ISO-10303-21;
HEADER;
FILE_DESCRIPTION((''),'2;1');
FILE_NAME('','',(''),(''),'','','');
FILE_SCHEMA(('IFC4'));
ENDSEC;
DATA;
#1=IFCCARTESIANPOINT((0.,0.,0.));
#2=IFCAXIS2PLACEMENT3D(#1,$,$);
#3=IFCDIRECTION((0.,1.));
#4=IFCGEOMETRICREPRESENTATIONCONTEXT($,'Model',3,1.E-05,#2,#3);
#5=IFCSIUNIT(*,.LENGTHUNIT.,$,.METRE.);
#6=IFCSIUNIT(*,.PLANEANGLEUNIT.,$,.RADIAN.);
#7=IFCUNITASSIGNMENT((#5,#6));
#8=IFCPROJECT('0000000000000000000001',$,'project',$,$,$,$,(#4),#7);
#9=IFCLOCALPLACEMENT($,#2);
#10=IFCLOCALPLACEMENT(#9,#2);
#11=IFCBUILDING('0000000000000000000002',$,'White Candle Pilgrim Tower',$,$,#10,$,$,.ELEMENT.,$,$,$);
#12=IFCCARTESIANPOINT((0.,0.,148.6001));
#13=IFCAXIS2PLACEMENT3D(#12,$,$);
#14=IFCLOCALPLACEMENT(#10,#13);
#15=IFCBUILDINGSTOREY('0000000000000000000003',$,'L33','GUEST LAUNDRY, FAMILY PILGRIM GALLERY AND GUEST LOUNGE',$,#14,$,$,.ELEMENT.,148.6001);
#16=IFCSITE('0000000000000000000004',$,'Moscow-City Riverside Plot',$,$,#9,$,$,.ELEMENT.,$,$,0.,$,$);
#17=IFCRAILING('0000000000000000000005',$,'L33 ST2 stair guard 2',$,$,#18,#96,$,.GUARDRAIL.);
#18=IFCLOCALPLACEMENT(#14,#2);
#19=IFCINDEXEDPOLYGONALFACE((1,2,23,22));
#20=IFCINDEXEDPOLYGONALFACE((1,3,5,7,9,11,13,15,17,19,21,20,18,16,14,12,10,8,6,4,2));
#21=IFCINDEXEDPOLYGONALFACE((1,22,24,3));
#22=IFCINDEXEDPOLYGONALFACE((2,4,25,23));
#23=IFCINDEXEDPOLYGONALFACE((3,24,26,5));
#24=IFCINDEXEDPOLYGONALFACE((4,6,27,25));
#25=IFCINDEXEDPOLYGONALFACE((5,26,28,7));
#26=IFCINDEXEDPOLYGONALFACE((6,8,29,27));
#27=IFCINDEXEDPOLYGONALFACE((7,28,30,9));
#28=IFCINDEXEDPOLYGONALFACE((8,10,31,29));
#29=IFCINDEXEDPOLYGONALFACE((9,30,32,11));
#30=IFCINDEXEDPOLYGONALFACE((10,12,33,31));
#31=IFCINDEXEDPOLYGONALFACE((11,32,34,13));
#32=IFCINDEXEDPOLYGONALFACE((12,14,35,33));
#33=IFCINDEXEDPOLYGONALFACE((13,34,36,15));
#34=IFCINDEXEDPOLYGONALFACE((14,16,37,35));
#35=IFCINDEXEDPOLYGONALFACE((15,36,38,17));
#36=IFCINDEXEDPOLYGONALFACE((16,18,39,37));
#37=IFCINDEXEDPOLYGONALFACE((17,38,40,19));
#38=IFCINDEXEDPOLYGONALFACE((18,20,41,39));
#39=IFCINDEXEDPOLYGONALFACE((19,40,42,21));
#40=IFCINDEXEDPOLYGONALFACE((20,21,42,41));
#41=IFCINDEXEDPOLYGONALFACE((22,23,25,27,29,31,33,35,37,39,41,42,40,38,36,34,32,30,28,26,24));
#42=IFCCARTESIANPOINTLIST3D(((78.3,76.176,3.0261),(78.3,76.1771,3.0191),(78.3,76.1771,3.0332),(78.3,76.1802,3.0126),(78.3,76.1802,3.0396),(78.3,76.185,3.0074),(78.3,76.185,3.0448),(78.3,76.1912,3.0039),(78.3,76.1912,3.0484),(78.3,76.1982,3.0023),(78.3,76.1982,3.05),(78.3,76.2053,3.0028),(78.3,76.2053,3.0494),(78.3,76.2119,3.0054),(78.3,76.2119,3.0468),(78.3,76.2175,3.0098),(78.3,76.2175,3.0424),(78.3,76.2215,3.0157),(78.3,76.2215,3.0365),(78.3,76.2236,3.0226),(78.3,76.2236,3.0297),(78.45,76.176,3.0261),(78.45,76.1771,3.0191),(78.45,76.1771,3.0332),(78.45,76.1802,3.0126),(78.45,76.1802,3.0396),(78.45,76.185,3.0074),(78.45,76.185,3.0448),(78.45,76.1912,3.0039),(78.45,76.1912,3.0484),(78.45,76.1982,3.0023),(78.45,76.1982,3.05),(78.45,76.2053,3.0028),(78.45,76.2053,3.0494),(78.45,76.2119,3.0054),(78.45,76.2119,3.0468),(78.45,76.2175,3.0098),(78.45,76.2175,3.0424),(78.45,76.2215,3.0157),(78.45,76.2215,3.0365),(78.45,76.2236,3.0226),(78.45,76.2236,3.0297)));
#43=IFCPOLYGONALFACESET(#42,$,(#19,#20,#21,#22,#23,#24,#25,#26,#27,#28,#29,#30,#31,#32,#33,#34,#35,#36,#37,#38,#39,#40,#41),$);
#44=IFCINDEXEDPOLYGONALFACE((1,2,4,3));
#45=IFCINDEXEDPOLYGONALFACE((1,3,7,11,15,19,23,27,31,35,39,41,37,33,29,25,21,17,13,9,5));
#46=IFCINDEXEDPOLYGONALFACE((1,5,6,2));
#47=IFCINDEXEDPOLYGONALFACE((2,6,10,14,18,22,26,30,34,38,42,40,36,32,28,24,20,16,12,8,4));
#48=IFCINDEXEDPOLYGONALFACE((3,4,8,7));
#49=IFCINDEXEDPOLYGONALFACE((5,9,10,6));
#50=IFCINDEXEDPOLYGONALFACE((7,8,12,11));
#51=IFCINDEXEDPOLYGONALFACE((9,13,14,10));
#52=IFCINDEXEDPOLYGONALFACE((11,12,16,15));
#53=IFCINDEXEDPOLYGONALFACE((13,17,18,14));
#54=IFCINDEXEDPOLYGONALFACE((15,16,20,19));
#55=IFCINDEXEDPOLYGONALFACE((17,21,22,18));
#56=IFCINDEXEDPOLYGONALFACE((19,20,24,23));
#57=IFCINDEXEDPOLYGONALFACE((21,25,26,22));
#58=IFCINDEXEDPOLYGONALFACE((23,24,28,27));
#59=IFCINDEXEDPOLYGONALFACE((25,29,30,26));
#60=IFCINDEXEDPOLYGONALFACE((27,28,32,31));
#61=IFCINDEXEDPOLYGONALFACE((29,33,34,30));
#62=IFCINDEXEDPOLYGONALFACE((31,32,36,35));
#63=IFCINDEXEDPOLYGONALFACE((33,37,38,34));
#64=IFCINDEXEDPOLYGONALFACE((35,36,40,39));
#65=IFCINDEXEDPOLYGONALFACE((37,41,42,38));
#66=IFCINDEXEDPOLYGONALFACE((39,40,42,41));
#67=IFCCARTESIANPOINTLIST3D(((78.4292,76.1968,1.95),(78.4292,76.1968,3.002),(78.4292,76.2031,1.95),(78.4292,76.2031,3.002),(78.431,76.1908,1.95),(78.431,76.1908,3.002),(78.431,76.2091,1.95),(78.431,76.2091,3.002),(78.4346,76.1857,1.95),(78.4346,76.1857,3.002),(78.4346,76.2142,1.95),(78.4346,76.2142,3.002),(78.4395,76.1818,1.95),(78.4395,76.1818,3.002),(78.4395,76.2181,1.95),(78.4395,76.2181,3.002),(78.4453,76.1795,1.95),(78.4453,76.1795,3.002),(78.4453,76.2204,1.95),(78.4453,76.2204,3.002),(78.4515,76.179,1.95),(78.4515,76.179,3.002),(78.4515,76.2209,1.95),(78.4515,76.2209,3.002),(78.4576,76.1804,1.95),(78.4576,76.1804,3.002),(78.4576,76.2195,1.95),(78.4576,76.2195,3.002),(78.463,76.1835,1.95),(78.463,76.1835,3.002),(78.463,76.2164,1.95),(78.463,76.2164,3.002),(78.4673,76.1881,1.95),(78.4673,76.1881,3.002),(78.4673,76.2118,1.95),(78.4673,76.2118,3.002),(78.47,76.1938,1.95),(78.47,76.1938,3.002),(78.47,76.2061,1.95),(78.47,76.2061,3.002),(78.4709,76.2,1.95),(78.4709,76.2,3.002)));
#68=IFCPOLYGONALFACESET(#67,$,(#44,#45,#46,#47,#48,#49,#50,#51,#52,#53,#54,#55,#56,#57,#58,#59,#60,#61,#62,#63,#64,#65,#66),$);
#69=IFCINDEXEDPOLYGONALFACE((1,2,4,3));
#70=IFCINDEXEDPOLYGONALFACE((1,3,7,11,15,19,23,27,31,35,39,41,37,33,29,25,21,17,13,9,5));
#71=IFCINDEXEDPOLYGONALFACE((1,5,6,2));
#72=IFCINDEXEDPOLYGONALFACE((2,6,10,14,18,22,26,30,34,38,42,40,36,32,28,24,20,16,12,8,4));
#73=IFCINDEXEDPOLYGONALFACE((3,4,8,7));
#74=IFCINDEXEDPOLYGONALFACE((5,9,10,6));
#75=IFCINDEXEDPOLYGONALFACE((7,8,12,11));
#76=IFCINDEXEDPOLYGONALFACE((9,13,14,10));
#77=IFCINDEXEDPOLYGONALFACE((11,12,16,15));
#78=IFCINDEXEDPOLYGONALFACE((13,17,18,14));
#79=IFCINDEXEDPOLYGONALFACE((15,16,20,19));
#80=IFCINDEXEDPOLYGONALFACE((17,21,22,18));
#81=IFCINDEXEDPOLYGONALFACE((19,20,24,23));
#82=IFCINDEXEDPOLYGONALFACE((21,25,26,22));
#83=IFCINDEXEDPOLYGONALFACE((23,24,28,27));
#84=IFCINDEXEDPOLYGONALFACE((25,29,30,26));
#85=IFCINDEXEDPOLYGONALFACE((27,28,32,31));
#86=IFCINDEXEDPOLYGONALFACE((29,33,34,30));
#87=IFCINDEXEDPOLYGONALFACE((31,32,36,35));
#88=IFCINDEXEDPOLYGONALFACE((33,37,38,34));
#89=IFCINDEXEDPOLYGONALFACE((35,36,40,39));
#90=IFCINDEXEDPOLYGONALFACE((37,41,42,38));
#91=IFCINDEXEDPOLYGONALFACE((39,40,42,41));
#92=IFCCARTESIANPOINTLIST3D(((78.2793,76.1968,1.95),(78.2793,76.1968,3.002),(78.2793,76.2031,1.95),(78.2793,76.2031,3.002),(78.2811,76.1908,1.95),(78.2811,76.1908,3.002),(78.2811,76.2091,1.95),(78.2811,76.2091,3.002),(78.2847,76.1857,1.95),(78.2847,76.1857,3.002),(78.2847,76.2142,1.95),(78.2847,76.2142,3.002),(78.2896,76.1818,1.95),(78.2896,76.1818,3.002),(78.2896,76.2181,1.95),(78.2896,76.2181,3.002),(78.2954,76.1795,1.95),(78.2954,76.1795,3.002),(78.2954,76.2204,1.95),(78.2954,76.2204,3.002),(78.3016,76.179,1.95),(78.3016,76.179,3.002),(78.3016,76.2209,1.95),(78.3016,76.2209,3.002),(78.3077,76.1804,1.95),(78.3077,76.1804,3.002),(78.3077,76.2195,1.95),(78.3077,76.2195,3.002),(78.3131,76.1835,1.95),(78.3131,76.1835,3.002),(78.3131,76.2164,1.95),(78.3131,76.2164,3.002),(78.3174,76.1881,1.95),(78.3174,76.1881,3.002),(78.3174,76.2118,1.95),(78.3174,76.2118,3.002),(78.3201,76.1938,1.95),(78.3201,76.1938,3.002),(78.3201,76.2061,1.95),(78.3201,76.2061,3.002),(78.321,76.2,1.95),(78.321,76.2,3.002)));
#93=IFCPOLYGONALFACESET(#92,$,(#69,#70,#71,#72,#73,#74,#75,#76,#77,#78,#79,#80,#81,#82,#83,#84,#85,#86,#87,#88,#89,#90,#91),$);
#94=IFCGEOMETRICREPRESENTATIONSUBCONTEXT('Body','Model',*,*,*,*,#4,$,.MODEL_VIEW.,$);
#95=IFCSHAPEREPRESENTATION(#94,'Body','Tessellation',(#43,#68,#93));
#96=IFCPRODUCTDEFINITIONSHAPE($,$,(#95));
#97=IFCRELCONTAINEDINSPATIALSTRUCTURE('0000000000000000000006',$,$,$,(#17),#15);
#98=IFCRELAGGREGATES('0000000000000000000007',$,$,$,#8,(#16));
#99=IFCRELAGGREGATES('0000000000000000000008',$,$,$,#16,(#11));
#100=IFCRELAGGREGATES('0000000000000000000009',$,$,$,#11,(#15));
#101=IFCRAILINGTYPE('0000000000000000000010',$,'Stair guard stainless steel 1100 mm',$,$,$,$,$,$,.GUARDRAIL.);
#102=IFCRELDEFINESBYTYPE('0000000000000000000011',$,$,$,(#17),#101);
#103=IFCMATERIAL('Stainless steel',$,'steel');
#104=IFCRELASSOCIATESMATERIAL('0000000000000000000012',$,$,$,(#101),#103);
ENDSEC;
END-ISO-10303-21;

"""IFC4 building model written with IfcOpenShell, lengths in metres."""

from ifc_helpers import new_model, si_unit, direction, frame, origin, origin_2d, place, context, subcontext, project, spatial, circle, extrude, material, type_object, element, save


model = new_model("IFC4")

# Units and contexts
model_context = context("Model", 3, precision=1e-05, world=origin(), true_north=direction((0.0, 1.0)))
body_context = subcontext(model_context, "Body", "Model", "MODEL_VIEW")
ifc_project = project(units=[si_unit("LENGTHUNIT", "METRE"), si_unit("PLANEANGLEUNIT", "RADIAN")], contexts=[model_context])

# Site, building, storey
site_placement = place(None, origin())
site = spatial("IfcSite", under=ifc_project, at=site_placement, Name="Moscow-City Riverside Plot", CompositionType="ELEMENT", RefElevation=0.0)
building_placement = place(site_placement, origin())
building = spatial("IfcBuilding", under=site, at=building_placement, Name="White Candle Pilgrim Tower", CompositionType="ELEMENT")
storey_placement = place(building_placement, frame((0.0, 0.0, 148.6001)))
storey = spatial("IfcBuildingStorey", under=building, at=storey_placement, Name="L33", Description="GUEST LAUNDRY, FAMILY PILGRIM GALLERY AND GUEST LOUNGE", CompositionType="ELEMENT", Elevation=148.6001)

# Railing
ifc_material_1 = material(Name="Stainless steel", Category="steel")
railing_type = type_object("IfcRailingType", Name="Stair guard stainless steel 1100 mm", PredefinedType="GUARDRAIL", material=ifc_material_1)
railing_1_placement = place(storey_placement, frame((78.45, 76.2, 1.95)))
element("IfcRailing", 1, at=railing_1_placement, inside=storey, type_object=railing_type, Name="L33 ST2 stair guard 2", PredefinedType="GUARDRAIL", context=body_context, shape_type="SweptSolid", body=[
    extrude(circle(Radius=0.0239, at=origin_2d()), frame((0.0, 0.0, 1.0762), z_axis=(-1.0, 0.0, 0.0), x_axis=(0.0, -1.0, 0.0)), (0.0, 0.0, 1.0), 0.1499),
    extrude(circle(Radius=0.021, at=origin_2d()), origin(), (0.0, 0.0, 1.0), 1.052),
    extrude(circle(Radius=0.021, at=origin_2d()), frame((-0.1499, 0.0, 0.0)), (0.0, 0.0, 1.0), 1.052),
])

save(model, "model.ifc")
